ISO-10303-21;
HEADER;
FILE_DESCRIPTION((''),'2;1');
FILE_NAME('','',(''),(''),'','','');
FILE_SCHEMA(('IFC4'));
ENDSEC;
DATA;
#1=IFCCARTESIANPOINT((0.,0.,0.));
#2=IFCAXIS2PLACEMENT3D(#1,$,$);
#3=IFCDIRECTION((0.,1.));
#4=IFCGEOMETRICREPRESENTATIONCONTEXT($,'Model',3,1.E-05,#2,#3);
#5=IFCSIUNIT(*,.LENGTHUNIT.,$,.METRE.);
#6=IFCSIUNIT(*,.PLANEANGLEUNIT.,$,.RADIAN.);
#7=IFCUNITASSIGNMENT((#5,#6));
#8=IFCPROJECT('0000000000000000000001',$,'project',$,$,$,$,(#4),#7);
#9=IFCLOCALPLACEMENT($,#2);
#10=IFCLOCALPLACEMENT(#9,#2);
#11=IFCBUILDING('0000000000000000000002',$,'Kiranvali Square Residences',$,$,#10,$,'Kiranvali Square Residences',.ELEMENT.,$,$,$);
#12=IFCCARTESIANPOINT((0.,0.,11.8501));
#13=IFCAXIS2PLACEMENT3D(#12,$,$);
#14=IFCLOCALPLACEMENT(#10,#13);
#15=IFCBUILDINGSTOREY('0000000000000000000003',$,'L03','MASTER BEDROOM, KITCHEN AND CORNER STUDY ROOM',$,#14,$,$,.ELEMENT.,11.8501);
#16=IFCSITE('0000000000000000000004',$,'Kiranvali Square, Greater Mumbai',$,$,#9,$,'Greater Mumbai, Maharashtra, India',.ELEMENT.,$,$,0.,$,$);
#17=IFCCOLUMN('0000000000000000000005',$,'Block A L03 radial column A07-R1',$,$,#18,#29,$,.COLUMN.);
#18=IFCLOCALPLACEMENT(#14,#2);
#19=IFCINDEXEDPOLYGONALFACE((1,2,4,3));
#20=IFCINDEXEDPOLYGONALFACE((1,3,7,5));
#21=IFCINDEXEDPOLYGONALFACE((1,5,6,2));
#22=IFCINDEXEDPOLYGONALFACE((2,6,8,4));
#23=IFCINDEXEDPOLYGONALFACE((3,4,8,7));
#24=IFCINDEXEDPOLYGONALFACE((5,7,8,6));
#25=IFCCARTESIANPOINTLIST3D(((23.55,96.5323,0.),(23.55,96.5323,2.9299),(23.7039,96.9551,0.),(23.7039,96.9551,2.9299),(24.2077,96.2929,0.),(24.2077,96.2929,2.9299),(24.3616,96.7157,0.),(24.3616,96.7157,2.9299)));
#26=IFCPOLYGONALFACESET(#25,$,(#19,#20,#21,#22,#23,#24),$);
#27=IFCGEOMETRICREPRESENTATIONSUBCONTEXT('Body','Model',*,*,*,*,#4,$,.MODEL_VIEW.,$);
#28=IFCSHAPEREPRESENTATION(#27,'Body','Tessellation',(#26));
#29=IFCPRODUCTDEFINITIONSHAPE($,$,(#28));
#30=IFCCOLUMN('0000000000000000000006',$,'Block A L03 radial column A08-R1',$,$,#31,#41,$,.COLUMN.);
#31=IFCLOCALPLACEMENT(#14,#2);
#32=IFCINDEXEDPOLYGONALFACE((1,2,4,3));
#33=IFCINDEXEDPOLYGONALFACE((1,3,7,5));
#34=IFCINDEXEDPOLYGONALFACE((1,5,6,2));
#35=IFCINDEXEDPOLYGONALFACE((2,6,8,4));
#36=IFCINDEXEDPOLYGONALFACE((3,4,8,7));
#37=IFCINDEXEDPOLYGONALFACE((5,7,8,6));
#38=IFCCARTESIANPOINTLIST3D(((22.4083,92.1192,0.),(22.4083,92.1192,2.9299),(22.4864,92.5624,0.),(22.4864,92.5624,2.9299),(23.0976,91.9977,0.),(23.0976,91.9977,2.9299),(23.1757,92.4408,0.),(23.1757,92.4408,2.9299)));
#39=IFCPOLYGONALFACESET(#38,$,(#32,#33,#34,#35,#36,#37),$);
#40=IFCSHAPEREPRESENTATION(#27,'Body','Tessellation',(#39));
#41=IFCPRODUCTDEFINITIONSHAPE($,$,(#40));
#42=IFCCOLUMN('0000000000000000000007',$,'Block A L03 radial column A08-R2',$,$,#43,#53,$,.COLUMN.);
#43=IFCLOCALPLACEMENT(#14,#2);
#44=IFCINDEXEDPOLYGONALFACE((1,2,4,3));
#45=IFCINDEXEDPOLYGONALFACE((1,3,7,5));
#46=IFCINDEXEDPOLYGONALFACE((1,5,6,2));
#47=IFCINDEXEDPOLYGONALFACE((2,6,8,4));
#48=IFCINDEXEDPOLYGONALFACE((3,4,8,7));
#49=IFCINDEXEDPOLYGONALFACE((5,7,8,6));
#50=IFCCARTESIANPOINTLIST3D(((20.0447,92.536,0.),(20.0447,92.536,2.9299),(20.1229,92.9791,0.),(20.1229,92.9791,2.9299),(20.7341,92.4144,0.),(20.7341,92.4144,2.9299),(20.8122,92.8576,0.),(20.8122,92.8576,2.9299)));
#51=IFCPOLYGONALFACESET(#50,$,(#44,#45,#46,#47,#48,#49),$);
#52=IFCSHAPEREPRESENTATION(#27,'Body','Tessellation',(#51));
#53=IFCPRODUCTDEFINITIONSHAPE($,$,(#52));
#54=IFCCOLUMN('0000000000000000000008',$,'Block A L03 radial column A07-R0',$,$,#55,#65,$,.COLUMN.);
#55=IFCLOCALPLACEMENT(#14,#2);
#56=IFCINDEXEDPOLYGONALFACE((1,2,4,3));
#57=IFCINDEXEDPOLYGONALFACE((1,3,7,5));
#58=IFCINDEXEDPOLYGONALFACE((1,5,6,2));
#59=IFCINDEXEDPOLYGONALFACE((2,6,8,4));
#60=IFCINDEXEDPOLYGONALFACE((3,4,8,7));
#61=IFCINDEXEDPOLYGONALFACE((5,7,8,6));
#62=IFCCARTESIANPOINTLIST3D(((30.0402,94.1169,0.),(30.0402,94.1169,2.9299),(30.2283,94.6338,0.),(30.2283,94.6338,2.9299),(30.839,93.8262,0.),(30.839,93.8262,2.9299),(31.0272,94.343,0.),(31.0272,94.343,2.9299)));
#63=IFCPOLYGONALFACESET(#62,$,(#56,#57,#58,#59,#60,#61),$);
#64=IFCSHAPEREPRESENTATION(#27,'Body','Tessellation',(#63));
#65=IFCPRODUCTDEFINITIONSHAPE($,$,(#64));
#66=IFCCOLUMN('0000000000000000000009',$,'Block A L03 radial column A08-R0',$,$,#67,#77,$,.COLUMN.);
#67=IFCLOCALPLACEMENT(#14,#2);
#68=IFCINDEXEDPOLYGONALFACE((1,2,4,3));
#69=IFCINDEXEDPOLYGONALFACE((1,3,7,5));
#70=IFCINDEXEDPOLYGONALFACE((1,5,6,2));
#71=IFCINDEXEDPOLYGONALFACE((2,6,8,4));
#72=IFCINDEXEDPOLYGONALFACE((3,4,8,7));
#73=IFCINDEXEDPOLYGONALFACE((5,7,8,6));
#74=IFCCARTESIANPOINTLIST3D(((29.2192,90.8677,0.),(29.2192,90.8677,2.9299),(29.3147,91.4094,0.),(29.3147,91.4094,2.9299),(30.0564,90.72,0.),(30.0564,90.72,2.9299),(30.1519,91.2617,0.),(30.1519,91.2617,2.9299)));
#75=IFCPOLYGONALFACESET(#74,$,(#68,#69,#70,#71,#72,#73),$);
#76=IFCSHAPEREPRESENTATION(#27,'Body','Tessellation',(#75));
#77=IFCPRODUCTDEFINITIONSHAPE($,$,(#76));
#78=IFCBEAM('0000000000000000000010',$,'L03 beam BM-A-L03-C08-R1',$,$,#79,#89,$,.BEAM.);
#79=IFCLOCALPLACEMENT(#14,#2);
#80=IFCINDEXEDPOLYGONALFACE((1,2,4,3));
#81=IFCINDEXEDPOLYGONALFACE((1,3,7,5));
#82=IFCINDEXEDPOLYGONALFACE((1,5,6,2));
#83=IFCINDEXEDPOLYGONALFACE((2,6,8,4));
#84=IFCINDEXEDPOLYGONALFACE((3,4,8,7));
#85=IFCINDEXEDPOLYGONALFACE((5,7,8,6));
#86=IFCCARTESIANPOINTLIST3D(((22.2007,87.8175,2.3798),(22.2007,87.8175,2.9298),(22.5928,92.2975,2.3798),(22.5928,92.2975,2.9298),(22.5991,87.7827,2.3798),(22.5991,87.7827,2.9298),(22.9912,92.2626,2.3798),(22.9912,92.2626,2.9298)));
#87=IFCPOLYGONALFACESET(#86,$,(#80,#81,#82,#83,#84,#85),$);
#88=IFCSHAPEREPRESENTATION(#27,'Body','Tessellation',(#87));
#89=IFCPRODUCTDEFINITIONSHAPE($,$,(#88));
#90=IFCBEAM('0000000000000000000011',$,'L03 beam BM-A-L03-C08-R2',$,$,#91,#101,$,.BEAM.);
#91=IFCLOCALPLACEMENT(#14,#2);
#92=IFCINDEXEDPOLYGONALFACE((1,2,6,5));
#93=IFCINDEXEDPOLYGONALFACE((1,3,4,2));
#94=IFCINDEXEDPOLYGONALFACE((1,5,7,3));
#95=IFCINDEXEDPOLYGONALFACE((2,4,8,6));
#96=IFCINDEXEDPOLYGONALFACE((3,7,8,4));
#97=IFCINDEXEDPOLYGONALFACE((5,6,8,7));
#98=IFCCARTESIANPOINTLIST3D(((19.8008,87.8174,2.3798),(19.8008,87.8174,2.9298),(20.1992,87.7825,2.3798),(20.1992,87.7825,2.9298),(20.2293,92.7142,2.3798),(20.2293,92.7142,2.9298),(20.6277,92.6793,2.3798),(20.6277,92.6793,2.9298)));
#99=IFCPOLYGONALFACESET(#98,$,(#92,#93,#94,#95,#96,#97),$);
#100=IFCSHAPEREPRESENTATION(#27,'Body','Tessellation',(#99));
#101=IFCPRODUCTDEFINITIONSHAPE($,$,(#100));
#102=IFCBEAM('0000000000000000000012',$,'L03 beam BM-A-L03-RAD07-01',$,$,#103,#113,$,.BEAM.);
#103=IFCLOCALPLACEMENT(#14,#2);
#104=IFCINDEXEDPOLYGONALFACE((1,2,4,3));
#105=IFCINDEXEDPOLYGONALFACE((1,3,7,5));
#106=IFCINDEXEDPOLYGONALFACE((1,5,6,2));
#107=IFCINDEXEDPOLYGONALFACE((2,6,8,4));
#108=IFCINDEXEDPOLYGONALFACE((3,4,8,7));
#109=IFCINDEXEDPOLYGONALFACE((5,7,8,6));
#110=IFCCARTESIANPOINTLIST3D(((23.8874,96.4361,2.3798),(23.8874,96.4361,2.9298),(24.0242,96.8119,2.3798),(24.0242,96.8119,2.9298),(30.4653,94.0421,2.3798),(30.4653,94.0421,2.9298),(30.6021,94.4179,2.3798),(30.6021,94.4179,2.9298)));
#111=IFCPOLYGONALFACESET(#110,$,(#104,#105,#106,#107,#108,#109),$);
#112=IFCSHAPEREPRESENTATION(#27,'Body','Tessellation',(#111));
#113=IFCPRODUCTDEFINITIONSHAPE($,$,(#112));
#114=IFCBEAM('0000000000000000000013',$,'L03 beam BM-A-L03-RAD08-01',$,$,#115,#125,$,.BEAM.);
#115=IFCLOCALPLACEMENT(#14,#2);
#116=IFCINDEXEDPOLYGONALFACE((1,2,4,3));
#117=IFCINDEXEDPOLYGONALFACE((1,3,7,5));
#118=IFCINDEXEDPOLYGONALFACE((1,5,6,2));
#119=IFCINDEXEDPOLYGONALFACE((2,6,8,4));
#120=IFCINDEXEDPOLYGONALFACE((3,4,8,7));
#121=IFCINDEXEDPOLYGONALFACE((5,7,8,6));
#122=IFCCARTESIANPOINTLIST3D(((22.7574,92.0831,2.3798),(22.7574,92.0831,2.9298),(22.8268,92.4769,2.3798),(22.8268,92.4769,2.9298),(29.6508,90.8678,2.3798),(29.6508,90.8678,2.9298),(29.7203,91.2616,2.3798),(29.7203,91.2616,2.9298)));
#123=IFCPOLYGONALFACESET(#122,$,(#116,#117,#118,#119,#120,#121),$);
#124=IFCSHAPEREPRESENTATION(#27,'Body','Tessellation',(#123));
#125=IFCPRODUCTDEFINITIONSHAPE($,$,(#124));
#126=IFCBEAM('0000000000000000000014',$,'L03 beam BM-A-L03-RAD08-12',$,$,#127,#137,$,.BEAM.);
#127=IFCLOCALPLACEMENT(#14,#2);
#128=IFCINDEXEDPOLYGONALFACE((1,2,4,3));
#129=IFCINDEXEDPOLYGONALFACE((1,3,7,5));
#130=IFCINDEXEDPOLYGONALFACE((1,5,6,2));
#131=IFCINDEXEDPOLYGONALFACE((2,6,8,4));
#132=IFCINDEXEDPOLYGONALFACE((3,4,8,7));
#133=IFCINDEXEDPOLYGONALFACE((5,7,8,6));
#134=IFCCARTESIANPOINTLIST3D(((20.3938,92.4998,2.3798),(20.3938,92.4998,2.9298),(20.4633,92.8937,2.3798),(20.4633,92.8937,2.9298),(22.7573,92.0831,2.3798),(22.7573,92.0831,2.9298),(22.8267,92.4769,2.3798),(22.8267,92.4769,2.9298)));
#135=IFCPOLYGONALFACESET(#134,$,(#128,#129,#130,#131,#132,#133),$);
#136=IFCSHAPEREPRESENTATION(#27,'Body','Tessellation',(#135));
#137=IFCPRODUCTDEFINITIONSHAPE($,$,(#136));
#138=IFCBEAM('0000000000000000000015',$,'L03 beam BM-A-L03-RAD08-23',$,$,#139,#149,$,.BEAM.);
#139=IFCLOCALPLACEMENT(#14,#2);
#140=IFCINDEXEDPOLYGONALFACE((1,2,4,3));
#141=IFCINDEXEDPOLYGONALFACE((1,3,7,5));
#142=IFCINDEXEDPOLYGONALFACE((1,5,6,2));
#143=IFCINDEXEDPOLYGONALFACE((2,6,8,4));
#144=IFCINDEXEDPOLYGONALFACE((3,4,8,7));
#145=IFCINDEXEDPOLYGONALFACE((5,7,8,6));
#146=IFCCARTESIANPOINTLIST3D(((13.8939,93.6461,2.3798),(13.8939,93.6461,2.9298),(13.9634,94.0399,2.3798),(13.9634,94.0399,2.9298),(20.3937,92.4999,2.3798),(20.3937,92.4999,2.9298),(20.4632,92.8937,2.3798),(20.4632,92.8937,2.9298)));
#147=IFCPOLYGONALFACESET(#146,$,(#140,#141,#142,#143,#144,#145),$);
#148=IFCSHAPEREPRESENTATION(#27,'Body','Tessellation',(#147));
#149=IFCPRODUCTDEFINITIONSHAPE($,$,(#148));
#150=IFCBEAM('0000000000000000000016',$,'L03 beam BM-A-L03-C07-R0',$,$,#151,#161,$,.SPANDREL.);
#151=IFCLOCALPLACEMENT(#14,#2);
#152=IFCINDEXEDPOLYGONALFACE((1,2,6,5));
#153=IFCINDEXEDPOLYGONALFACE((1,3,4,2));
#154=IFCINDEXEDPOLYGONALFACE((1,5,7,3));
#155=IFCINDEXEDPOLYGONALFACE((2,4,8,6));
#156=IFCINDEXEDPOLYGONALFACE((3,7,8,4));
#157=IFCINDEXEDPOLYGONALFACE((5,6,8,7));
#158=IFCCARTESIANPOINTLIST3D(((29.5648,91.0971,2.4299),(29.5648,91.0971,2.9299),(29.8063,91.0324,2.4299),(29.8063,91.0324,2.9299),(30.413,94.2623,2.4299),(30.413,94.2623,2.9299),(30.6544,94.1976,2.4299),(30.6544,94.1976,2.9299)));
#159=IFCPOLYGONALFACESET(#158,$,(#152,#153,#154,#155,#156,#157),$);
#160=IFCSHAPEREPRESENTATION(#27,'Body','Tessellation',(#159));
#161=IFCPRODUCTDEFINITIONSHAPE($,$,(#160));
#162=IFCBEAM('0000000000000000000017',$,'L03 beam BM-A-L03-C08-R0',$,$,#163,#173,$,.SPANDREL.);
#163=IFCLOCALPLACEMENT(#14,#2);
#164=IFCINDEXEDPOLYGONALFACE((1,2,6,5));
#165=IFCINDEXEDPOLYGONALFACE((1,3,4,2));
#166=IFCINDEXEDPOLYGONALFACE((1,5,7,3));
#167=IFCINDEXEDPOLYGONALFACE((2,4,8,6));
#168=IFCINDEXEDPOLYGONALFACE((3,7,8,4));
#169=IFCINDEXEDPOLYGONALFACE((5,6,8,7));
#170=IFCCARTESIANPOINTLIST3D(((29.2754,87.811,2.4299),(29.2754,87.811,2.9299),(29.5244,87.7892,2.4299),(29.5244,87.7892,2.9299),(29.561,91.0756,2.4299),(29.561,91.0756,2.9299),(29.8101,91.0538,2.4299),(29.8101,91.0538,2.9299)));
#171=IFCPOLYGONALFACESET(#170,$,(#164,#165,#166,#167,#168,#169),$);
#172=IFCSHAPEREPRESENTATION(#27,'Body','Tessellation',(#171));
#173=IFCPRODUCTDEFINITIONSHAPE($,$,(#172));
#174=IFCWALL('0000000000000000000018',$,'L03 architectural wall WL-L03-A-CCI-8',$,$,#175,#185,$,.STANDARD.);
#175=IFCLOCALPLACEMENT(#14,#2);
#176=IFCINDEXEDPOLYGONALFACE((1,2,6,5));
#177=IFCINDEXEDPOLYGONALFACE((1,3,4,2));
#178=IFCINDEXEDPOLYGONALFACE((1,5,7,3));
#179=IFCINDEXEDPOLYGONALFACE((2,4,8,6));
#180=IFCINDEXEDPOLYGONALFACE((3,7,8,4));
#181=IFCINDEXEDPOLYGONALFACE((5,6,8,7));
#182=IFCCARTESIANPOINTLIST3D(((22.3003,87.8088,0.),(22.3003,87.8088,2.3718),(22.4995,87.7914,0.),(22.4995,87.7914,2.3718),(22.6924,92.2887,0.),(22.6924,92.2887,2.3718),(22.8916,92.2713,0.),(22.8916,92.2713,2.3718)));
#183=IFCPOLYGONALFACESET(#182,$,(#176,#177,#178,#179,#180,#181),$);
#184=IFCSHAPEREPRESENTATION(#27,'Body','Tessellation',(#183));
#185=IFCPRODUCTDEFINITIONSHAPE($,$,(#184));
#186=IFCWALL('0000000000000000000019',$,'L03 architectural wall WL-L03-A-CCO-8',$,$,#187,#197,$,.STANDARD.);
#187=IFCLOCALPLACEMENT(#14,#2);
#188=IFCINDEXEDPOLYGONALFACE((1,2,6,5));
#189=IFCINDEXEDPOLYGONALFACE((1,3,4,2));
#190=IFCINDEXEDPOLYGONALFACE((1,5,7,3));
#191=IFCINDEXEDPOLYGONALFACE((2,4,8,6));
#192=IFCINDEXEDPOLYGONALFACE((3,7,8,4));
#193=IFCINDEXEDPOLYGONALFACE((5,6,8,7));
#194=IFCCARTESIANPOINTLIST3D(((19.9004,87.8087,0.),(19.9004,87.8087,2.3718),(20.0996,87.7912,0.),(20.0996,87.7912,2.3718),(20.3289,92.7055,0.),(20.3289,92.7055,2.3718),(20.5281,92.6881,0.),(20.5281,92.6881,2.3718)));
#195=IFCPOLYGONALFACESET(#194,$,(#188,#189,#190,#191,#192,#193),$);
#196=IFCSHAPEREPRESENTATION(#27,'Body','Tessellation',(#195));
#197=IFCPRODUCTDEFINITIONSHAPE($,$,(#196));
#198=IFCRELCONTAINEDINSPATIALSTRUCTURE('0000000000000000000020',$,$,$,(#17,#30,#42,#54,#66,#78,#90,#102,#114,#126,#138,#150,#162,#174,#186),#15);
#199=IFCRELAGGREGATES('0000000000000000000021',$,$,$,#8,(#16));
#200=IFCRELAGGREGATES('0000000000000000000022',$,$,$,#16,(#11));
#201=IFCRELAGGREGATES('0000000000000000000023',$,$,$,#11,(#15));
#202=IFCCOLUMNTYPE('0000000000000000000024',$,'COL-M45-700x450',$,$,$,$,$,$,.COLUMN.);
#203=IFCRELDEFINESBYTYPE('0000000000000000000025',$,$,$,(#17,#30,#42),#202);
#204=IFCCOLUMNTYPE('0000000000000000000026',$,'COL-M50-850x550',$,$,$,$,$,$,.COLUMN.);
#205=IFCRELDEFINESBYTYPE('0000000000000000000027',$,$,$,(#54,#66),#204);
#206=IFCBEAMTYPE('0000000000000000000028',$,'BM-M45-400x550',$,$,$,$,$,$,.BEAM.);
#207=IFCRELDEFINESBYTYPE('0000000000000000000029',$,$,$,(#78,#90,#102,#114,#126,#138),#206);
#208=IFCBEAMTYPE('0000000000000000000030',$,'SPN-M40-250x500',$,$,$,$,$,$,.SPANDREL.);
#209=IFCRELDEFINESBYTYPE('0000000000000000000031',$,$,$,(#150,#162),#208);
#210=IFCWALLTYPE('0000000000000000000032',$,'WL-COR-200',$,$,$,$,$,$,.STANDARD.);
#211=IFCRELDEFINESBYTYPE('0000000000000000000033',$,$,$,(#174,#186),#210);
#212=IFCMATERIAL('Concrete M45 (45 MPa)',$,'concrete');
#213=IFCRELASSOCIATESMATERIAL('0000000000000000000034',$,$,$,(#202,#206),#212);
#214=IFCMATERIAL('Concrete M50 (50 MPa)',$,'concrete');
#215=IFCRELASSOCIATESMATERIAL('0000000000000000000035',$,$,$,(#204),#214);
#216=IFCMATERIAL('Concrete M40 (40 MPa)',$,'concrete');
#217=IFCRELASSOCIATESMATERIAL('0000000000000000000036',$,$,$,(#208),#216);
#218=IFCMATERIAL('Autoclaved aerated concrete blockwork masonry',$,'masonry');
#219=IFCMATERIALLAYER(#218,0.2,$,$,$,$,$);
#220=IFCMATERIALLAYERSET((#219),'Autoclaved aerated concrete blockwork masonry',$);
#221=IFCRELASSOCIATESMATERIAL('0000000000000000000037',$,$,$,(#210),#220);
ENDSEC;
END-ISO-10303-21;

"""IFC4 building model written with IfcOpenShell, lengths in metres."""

from ifc_helpers import new_model, si_unit, direction, frame, frame_2d, origin, origin_2d, place, context, subcontext, project, spatial, rectangle, extrude, material, layer, layer_set, material_profile, profile_set, type_object, element, save


model = new_model("IFC4")

# Units and contexts
model_context = context("Model", 3, precision=1e-05, world=origin(), true_north=direction((0.0, 1.0)))
body_context = subcontext(model_context, "Body", "Model", "MODEL_VIEW")
ifc_project = project(units=[si_unit("LENGTHUNIT", "METRE"), si_unit("PLANEANGLEUNIT", "RADIAN")], contexts=[model_context])

# Site, building, storey
site_placement = place(None, origin())
site = spatial("IfcSite", under=ifc_project, at=site_placement, Name="Kiranvali Square, Greater Mumbai", LongName="Greater Mumbai, Maharashtra, India", CompositionType="ELEMENT", RefElevation=0.0)
building_placement = place(site_placement, origin())
building = spatial("IfcBuilding", under=site, at=building_placement, Name="Kiranvali Square Residences", LongName="Kiranvali Square Residences", CompositionType="ELEMENT")
storey_placement = place(building_placement, frame((0.0, 0.0, 11.8501)))
storey = spatial("IfcBuildingStorey", under=building, at=storey_placement, Name="L03", Description="MASTER BEDROOM, KITCHEN AND CORNER STUDY ROOM", CompositionType="ELEMENT", Elevation=11.8501)

# Columns
ifc_material_1 = material(Name="Concrete M45 (45 MPa)", Category="concrete")
ifc_material_profile_1 = material_profile(ifc_material_1, rectangle(XDim=0.45, YDim=0.7, at=origin_2d()), Name="RC 700x450")
ifc_profile_set_1 = profile_set([ifc_material_profile_1], Name="Concrete M45 (45 MPa)")
column_type_1 = type_object("IfcColumnType", Name="COL-M45-700x450", PredefinedType="COLUMN", material=ifc_profile_set_1)
for number, where, z_axis, x_axis, name in (
    (1, (23.9558, 96.624, 0.0), (0.0, 0.0, 1.0), (0.34202, 0.939693, 0.0), "Block A L03 radial column A07-R1"),
    (2, (22.792, 92.28, 0.0), (0.0, 0.0, 1.0), (0.173648, 0.984808, 0.0), "Block A L03 radial column A08-R1"),
    (3, (20.4285, 92.6968, 0.0), (0.0, 0.0, 1.0), (0.173648, 0.984808, 0.0), "Block A L03 radial column A08-R2"),
):
    element("IfcColumn", number, at=place(storey_placement, frame(where, z_axis=z_axis, x_axis=x_axis)), inside=storey, type_object=column_type_1, Name=name, PredefinedType="COLUMN", context=body_context, shape_type="SweptSolid", body=[
        extrude(rectangle(XDim=0.45, YDim=0.7, at=origin_2d()), origin(), (0.0, 0.0, 1.0), 2.9299),
    ])
ifc_material_2 = material(Name="Concrete M50 (50 MPa)", Category="concrete")
ifc_material_profile_2 = material_profile(ifc_material_2, rectangle(XDim=0.55, YDim=0.8501, at=origin_2d()), Name="RC 850x550")
ifc_profile_set_2 = profile_set([ifc_material_profile_2], Name="Concrete M50 (50 MPa)")
column_type_2 = type_object("IfcColumnType", Name="COL-M50-850x550", PredefinedType="COLUMN", material=ifc_profile_set_2)
for number, where, z_axis, x_axis, name in (
    (4, (30.5337, 94.23, 0.0), (0.0, 0.0, 1.0), (0.34202, 0.939693, 0.0), "Block A L03 radial column A07-R0"),
    (5, (29.6855, 91.0647, 0.0), (0.0, 0.0, 1.0), (0.173648, 0.984808, 0.0), "Block A L03 radial column A08-R0"),
):
    element("IfcColumn", number, at=place(storey_placement, frame(where, z_axis=z_axis, x_axis=x_axis)), inside=storey, type_object=column_type_2, Name=name, PredefinedType="COLUMN", context=body_context, shape_type="SweptSolid", body=[
        extrude(rectangle(XDim=0.55, YDim=0.8501, at=origin_2d()), origin(), (0.0, 0.0, 1.0), 2.9299),
    ])

# Beams
ifc_material_profile_3 = material_profile(ifc_material_1, rectangle(XDim=0.3999, YDim=0.55, at=origin_2d()), Name="RC 400x550")
ifc_profile_set_3 = profile_set([ifc_material_profile_3], Name="Concrete M45 (45 MPa)")
beam_type_1 = type_object("IfcBeamType", Name="BM-M45-400x550", PredefinedType="BEAM", material=ifc_profile_set_3)
beam_1_placement = place(storey_placement, frame((22.792, 92.28, 2.6548), z_axis=(-0.087187, -0.996192, 0.0), x_axis=(0.996192, -0.087187, 0.0)))
element("IfcBeam", 6, at=beam_1_placement, inside=storey, type_object=beam_type_1, Name="L03 beam BM-A-L03-C08-R1", PredefinedType="BEAM", context=body_context, shape_type="SweptSolid", body=[
    extrude(rectangle(XDim=0.3999, YDim=0.55, at=origin_2d()), origin(), (0.0, 0.0, 1.0), 4.4971),
])
beam_2_placement = place(storey_placement, frame((20.4285, 92.6968, 2.6548), z_axis=(-0.087168, -0.996194, 0.0), x_axis=(0.996194, -0.087168, 0.0)))
element("IfcBeam", 7, at=beam_2_placement, inside=storey, type_object=beam_type_1, Name="L03 beam BM-A-L03-C08-R2", PredefinedType="BEAM", context=body_context, shape_type="SweptSolid", body=[
    extrude(rectangle(XDim=0.3999, YDim=0.55, at=origin_2d()), origin(), (0.0, 0.0, 1.0), 4.9155),
])
beam_3_placement = place(storey_placement, frame((30.5337, 94.23, 2.6548), z_axis=(-0.939698, 0.342006, 0.0), x_axis=(-0.342006, -0.939698, 0.0)))
element("IfcBeam", 8, at=beam_3_placement, inside=storey, type_object=beam_type_1, Name="L03 beam BM-A-L03-RAD07-01", PredefinedType="BEAM", context=body_context, shape_type="SweptSolid", body=[
    extrude(rectangle(XDim=0.3999, YDim=0.55, at=origin_2d()), origin(), (0.0, 0.0, 1.0), 7.0),
])
beam_4_placement = place(storey_placement, frame((29.6855, 91.0647, 2.6548), z_axis=(-0.984812, 0.173622, 0.0), x_axis=(-0.173622, -0.984812, 0.0)))
element("IfcBeam", 9, at=beam_4_placement, inside=storey, type_object=beam_type_1, Name="L03 beam BM-A-L03-RAD08-01", PredefinedType="BEAM", context=body_context, shape_type="SweptSolid", body=[
    extrude(rectangle(XDim=0.3999, YDim=0.55, at=origin_2d()), origin(), (0.0, 0.0, 1.0), 6.9998),
])
beam_5_placement = place(storey_placement, frame((22.792, 92.28, 2.6548), z_axis=(-0.984808, 0.173646, 0.0), x_axis=(-0.173646, -0.984808, 0.0)))
element("IfcBeam", 10, at=beam_5_placement, inside=storey, type_object=beam_type_1, Name="L03 beam BM-A-L03-RAD08-12", PredefinedType="BEAM", context=body_context, shape_type="SweptSolid", body=[
    extrude(rectangle(XDim=0.3999, YDim=0.55, at=origin_2d()), origin(), (0.0, 0.0, 1.0), 2.3999),
])
beam_6_placement = place(storey_placement, frame((20.4285, 92.6968, 2.6548), z_axis=(-0.984804, 0.173671, 0.0), x_axis=(-0.173671, -0.984804, 0.0)))
element("IfcBeam", 11, at=beam_6_placement, inside=storey, type_object=beam_type_1, Name="L03 beam BM-A-L03-RAD08-23", PredefinedType="BEAM", context=body_context, shape_type="SweptSolid", body=[
    extrude(rectangle(XDim=0.3999, YDim=0.55, at=origin_2d()), origin(), (0.0, 0.0, 1.0), 6.6001),
])
ifc_material_3 = material(Name="Concrete M40 (40 MPa)", Category="concrete")
ifc_material_profile_4 = material_profile(ifc_material_3, rectangle(XDim=0.25, YDim=0.5, at=origin_2d()), Name="RC 250x500")
ifc_profile_set_4 = profile_set([ifc_material_profile_4], Name="Concrete M40 (40 MPa)")
beam_type_2 = type_object("IfcBeamType", Name="SPN-M40-250x500", PredefinedType="SPANDREL", material=ifc_profile_set_4)
beam_7_placement = place(storey_placement, frame((30.5337, 94.23, 2.6799), z_axis=(-0.258822, -0.965925, 0.0), x_axis=(0.965925, -0.258822, 0.0)))
element("IfcBeam", 12, at=beam_7_placement, inside=storey, type_object=beam_type_2, Name="L03 beam BM-A-L03-C07-R0", PredefinedType="SPANDREL", context=body_context, shape_type="SweptSolid", body=[
    extrude(rectangle(XDim=0.25, YDim=0.5, at=origin_2d()), origin(), (0.0, 0.0, 1.0), 3.2769),
])
beam_8_placement = place(storey_placement, frame((29.6855, 91.0647, 2.6799), z_axis=(-0.087163, -0.996194, 0.0), x_axis=(0.996194, -0.087163, 0.0)))
element("IfcBeam", 13, at=beam_8_placement, inside=storey, type_object=beam_type_2, Name="L03 beam BM-A-L03-C08-R0", PredefinedType="SPANDREL", context=body_context, shape_type="SweptSolid", body=[
    extrude(rectangle(XDim=0.25, YDim=0.5, at=origin_2d()), origin(), (0.0, 0.0, 1.0), 3.2771),
])

# Walls
ifc_material_4 = material(Name="Autoclaved aerated concrete blockwork masonry", Category="masonry")
ifc_layer_1 = layer(ifc_material_4, 0.2)
ifc_layer_set_1 = layer_set([ifc_layer_1], Name="Autoclaved aerated concrete blockwork masonry")
wall_type_1 = type_object("IfcWallType", Name="WL-COR-200", PredefinedType="STANDARD", material=ifc_layer_set_1)
wall_1_placement = place(storey_placement, frame((22.792, 92.28, 0.0), z_axis=(0.0, 0.0, 1.0), x_axis=(-0.087187, -0.996192, 0.0)))
element("IfcWall", 14, at=wall_1_placement, inside=storey, type_object=wall_type_1, Name="L03 architectural wall WL-L03-A-CCI-8", PredefinedType="STANDARD", context=body_context, shape_type="SweptSolid", body=[
    extrude(rectangle(XDim=4.4971, YDim=0.2, at=frame_2d((2.2485, 0.0))), origin(), (0.0, 0.0, 1.0), 2.3718),
])
wall_2_placement = place(storey_placement, frame((20.4285, 92.6968, 0.0), z_axis=(0.0, 0.0, 1.0), x_axis=(-0.087168, -0.996194, 0.0)))
element("IfcWall", 15, at=wall_2_placement, inside=storey, type_object=wall_type_1, Name="L03 architectural wall WL-L03-A-CCO-8", PredefinedType="STANDARD", context=body_context, shape_type="SweptSolid", body=[
    extrude(rectangle(XDim=4.9155, YDim=0.2, at=frame_2d((2.4578, 0.0))), origin(), (0.0, 0.0, 1.0), 2.3718),
])

save(model, "model.ifc")
